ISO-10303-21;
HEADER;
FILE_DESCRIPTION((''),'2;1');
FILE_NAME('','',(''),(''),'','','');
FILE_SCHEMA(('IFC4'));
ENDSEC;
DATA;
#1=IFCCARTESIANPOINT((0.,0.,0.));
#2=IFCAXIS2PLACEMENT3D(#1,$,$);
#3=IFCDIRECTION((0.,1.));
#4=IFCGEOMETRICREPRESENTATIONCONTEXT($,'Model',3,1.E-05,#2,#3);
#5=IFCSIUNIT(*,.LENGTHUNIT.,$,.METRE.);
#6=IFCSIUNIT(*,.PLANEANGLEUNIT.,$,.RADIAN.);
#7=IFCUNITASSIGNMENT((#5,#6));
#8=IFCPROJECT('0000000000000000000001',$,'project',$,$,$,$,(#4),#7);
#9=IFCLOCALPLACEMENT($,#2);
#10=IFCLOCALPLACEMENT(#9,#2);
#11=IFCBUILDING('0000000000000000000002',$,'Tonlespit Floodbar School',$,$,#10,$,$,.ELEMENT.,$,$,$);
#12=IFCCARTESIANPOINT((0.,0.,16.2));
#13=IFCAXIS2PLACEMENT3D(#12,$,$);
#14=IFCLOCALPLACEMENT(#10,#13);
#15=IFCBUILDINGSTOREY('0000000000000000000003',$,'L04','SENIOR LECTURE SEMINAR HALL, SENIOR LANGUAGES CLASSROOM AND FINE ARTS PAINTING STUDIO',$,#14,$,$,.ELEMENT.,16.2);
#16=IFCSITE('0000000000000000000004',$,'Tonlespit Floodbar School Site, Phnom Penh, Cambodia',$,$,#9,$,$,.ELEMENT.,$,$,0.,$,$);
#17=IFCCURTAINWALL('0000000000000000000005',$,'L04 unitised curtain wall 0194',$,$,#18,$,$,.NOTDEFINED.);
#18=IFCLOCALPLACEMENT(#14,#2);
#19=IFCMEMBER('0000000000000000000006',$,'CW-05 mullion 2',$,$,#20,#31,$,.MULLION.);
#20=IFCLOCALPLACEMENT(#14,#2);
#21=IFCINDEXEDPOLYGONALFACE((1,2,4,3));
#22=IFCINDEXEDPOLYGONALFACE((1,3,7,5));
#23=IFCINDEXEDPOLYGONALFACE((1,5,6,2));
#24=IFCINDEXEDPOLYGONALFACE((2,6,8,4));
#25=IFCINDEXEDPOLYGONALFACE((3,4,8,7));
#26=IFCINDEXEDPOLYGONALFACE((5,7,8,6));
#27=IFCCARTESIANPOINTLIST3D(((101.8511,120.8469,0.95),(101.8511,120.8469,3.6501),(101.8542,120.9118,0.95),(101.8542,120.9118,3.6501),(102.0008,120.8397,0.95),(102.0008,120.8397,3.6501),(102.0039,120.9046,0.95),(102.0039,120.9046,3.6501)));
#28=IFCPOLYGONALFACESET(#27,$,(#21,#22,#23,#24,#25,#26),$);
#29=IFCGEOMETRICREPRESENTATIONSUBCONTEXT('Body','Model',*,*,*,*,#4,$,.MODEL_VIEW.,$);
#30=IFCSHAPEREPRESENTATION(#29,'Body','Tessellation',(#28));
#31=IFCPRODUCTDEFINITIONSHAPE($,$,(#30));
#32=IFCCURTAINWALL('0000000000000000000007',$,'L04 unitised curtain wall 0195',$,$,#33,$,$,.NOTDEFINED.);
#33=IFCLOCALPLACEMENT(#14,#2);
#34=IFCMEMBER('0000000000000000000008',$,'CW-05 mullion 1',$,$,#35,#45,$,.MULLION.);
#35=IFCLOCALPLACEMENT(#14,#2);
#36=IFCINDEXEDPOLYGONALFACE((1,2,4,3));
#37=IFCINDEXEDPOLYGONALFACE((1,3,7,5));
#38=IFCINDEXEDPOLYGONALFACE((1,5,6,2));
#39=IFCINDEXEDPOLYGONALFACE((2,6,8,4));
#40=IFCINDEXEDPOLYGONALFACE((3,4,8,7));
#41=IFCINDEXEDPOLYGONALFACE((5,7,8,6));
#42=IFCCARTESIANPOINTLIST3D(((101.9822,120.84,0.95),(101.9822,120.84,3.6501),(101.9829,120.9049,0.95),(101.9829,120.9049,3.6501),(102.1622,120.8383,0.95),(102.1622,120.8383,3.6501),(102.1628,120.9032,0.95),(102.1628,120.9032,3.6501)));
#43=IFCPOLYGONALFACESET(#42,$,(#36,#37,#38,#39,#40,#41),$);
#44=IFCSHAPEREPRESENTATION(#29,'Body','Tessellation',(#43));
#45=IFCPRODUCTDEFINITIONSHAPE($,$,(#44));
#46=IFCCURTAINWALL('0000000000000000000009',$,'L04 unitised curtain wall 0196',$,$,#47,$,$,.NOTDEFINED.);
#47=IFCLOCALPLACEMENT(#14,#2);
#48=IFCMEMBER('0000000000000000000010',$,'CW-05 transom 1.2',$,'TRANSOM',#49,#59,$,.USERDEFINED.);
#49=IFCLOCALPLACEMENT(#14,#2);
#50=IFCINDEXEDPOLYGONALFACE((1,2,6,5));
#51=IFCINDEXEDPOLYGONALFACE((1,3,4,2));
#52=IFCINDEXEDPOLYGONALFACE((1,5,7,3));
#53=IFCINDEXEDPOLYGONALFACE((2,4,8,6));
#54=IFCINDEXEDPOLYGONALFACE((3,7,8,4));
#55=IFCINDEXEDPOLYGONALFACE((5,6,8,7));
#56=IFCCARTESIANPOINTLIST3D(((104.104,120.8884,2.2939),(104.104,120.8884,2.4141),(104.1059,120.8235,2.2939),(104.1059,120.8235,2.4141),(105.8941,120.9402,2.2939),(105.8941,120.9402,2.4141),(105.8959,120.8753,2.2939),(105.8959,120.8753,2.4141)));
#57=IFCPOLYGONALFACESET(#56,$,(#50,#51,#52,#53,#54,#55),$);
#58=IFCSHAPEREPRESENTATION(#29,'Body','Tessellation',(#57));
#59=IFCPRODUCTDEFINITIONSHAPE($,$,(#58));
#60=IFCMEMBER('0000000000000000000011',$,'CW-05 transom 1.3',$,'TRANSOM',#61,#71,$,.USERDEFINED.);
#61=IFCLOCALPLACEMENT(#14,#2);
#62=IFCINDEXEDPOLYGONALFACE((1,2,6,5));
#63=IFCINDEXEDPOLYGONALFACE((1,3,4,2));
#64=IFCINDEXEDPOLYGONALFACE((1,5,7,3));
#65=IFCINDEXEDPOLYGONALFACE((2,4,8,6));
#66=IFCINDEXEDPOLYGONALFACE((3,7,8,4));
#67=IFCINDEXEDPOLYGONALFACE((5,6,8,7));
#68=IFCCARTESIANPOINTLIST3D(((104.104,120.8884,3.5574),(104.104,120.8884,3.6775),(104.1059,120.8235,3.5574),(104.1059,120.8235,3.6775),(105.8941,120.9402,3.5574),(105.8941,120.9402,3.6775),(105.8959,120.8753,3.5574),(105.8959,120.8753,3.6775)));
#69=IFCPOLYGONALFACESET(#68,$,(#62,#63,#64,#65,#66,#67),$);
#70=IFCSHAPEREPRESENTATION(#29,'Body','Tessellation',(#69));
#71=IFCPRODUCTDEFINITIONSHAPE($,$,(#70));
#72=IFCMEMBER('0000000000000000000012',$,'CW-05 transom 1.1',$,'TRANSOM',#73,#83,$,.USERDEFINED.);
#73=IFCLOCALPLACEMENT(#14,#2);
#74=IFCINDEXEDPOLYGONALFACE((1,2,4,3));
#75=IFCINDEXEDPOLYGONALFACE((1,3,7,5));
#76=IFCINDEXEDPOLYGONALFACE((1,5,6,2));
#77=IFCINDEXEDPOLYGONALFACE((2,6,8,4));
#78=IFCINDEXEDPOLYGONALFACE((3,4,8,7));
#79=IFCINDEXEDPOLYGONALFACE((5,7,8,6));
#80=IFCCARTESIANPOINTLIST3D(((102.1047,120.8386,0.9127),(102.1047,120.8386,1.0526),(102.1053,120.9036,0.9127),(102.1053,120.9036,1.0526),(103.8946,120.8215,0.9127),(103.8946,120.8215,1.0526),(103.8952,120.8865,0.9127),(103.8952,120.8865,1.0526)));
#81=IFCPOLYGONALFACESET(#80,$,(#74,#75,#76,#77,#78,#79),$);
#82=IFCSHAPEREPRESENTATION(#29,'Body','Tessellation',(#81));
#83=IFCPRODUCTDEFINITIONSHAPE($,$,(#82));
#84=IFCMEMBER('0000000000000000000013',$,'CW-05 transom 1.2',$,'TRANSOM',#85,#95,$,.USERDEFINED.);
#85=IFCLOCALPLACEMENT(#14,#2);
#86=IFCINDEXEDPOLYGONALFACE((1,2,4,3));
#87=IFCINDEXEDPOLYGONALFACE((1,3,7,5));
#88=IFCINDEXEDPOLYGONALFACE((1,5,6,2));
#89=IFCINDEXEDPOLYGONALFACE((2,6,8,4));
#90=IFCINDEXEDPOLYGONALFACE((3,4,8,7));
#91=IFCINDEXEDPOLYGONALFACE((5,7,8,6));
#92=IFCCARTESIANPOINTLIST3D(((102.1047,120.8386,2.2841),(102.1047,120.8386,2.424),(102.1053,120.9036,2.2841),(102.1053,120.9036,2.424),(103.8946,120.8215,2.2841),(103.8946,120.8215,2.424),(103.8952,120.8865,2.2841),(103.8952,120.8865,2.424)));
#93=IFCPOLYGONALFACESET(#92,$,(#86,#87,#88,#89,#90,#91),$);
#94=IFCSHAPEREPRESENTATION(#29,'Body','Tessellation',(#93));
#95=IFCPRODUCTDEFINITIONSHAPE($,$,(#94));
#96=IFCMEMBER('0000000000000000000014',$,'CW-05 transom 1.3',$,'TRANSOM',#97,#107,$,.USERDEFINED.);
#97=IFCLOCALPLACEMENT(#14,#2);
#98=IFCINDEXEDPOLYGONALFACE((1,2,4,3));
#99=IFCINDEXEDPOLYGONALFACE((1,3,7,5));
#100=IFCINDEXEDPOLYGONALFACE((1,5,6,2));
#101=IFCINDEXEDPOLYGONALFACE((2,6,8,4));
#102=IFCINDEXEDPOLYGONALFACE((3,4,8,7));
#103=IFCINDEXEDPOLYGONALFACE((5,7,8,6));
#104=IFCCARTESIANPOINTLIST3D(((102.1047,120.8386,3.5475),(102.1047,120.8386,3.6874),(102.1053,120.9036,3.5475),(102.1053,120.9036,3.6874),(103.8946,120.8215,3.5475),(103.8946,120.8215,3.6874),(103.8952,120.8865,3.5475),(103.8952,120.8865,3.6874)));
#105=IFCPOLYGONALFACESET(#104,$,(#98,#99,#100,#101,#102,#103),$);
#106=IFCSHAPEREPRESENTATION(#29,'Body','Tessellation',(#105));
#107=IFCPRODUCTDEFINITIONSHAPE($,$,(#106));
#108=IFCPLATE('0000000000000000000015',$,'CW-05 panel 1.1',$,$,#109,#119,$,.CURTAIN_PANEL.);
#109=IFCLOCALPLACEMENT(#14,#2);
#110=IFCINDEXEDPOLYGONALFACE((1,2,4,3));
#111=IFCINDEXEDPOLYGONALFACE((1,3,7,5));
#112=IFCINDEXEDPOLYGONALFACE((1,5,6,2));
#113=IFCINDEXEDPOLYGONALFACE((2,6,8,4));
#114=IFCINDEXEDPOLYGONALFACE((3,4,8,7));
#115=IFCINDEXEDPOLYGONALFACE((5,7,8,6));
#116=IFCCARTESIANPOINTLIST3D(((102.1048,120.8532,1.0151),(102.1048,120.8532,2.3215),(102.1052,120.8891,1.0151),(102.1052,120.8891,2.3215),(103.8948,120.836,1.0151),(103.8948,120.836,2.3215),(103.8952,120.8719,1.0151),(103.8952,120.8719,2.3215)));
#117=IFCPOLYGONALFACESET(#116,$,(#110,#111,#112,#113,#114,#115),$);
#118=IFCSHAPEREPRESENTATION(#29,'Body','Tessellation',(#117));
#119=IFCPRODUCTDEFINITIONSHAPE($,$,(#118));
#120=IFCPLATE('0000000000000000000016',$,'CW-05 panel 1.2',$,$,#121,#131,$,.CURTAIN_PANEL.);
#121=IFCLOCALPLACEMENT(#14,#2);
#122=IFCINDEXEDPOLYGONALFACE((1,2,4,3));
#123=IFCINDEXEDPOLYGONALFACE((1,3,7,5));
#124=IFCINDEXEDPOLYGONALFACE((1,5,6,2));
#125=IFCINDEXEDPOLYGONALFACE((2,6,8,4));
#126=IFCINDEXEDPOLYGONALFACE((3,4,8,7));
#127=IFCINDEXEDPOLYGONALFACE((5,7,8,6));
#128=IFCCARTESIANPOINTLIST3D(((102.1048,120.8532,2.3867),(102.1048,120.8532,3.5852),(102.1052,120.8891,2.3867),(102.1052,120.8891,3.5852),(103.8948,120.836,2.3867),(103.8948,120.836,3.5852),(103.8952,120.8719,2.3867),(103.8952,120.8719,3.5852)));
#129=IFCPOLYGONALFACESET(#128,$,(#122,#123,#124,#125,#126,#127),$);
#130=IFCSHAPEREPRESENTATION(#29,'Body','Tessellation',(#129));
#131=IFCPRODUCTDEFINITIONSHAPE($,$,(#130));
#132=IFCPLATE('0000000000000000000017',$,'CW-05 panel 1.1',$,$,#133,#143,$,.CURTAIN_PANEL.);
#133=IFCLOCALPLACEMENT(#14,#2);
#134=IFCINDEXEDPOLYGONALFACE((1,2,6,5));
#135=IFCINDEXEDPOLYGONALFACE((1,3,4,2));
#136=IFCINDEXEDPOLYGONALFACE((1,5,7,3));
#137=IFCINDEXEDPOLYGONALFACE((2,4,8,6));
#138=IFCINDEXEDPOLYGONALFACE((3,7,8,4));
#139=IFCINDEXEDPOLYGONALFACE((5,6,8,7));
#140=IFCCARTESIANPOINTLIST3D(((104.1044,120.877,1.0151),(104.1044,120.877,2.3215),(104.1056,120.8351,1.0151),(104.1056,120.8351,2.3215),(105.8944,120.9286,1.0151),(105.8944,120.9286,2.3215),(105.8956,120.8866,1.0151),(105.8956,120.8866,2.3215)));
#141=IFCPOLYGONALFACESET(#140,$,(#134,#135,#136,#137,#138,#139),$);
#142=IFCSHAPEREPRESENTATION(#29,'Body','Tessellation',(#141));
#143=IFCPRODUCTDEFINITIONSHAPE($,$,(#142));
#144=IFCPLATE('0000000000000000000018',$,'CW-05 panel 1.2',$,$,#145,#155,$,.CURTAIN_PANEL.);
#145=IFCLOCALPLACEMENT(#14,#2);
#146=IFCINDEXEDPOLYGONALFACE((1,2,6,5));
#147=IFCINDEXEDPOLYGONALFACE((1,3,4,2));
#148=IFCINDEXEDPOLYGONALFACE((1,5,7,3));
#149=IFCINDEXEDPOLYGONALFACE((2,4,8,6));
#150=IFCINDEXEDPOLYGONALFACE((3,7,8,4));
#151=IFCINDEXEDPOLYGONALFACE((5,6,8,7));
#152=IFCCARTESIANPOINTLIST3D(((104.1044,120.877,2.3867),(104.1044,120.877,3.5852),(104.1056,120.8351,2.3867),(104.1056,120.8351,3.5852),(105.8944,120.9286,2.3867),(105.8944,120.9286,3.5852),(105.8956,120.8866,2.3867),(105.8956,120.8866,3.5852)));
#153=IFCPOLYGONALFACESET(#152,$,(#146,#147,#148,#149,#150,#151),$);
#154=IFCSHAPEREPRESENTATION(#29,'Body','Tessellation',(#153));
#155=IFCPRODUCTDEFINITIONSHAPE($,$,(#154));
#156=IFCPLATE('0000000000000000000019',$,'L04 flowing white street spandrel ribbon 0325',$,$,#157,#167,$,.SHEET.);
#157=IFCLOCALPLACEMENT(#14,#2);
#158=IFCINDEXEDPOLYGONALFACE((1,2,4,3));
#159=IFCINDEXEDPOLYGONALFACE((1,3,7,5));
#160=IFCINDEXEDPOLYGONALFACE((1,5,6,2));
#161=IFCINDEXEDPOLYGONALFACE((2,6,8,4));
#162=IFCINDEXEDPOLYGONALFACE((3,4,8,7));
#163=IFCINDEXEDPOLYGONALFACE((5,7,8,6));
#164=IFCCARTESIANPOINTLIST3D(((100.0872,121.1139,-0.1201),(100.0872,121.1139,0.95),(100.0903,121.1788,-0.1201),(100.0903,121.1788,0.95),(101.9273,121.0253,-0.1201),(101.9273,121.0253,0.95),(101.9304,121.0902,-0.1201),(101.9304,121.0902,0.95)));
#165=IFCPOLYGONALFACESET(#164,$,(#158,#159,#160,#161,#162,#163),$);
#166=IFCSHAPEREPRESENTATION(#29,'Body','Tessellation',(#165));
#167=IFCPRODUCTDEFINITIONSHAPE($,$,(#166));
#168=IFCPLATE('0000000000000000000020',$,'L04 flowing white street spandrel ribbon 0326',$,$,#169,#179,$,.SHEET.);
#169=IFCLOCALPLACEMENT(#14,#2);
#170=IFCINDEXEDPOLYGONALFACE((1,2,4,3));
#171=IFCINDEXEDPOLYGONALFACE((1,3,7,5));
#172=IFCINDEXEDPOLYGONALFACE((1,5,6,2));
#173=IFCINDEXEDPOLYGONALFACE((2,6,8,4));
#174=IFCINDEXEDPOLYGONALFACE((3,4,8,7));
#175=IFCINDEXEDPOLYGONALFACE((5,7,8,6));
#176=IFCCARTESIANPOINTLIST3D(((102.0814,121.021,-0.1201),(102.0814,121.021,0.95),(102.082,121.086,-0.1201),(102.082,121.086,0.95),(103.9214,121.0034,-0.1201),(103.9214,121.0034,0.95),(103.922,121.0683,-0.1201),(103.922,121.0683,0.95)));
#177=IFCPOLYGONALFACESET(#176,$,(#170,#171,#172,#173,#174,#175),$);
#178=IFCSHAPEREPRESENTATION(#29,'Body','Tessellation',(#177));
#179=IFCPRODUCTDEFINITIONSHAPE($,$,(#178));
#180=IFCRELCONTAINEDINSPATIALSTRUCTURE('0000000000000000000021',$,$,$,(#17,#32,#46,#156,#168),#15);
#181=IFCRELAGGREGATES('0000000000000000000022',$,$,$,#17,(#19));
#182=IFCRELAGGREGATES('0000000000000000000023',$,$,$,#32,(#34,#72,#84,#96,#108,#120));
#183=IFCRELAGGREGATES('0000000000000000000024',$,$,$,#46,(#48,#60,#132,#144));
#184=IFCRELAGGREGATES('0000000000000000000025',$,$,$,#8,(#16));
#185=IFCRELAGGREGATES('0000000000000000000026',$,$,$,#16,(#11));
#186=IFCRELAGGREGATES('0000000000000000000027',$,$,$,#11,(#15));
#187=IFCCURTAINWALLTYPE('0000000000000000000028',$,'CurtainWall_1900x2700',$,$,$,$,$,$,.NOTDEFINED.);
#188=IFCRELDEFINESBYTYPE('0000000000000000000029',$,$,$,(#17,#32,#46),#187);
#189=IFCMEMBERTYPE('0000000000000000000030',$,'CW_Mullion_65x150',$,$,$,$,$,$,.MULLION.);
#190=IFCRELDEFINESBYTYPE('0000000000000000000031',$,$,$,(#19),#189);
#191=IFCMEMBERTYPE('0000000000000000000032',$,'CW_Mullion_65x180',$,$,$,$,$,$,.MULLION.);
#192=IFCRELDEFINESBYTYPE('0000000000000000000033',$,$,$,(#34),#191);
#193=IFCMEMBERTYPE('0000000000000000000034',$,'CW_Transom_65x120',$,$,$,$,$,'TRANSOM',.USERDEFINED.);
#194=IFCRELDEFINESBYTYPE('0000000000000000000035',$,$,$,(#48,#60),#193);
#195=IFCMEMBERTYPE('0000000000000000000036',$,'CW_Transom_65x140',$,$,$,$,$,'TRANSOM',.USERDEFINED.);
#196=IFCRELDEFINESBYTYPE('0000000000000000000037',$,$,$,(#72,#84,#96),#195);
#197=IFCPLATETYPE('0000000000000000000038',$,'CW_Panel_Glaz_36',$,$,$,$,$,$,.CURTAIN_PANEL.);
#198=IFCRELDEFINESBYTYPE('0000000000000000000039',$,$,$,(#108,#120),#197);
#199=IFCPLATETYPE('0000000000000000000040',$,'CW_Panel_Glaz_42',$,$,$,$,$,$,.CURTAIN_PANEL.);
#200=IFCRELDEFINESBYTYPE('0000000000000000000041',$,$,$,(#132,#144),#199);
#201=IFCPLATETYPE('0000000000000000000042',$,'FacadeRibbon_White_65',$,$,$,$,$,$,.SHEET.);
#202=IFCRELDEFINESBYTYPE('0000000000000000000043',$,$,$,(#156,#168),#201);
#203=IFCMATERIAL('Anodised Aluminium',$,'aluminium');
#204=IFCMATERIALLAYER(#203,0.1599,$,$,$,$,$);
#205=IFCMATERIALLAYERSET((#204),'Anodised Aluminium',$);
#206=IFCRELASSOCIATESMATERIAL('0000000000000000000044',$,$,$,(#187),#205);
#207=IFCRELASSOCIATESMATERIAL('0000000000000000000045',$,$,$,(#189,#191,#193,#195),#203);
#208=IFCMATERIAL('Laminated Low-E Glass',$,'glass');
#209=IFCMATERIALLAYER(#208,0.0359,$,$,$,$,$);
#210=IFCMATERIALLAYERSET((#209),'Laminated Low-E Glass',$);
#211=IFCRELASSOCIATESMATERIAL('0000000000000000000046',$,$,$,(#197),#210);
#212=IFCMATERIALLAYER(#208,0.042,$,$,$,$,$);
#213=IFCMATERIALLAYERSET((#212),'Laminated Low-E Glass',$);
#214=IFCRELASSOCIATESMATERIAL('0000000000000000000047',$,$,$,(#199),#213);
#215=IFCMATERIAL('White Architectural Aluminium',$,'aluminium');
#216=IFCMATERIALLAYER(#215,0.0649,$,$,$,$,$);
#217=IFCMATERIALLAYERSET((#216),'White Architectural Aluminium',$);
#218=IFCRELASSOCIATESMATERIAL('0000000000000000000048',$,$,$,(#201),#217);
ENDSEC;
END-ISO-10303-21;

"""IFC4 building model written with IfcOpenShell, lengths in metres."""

from ifc_helpers import new_model, si_unit, direction, frame, origin, origin_2d, place, context, subcontext, project, spatial, rectangle, extrude, material, layer, layer_set, material_profile, profile_set, type_object, element, aggregate, save


model = new_model("IFC4")

# Units and contexts
model_context = context("Model", 3, precision=1e-05, world=origin(), true_north=direction((0.0, 1.0)))
body_context = subcontext(model_context, "Body", "Model", "MODEL_VIEW")
ifc_project = project(units=[si_unit("LENGTHUNIT", "METRE"), si_unit("PLANEANGLEUNIT", "RADIAN")], contexts=[model_context])

# Site, building, storey
site_placement = place(None, origin())
site = spatial("IfcSite", under=ifc_project, at=site_placement, Name="Tonlespit Floodbar School Site, Phnom Penh, Cambodia", CompositionType="ELEMENT", RefElevation=0.0)
building_placement = place(site_placement, origin())
building = spatial("IfcBuilding", under=site, at=building_placement, Name="Tonlespit Floodbar School", CompositionType="ELEMENT")
storey_placement = place(building_placement, frame((0.0, 0.0, 16.2)))
storey = spatial("IfcBuildingStorey", under=building, at=storey_placement, Name="L04", Description="SENIOR LECTURE SEMINAR HALL, SENIOR LANGUAGES CLASSROOM AND FINE ARTS PAINTING STUDIO", CompositionType="ELEMENT", Elevation=16.2)

# Curtain walls, members
ifc_material_1 = material(Name="Anodised Aluminium", Category="aluminium")
ifc_layer_1 = layer(ifc_material_1, 0.1599)
ifc_layer_set_1 = layer_set([ifc_layer_1], Name="Anodised Aluminium")
curtain_wall_type = type_object("IfcCurtainWallType", Name="CurtainWall_1900x2700", PredefinedType="NOTDEFINED", material=ifc_layer_set_1)
curtain_wall_1_placement = place(storey_placement, origin())
curtain_wall_1 = element("IfcCurtainWall", 1, at=curtain_wall_1_placement, inside=storey, type_object=curtain_wall_type, Name="L04 unitised curtain wall 0194", PredefinedType="NOTDEFINED")
ifc_material_profile_1 = material_profile(ifc_material_1, rectangle(XDim=0.0649, YDim=0.1499, at=origin_2d()), Name="ALU M65x150")
ifc_profile_set_1 = profile_set([ifc_material_profile_1], Name="Anodised Aluminium")
member_type_1 = type_object("IfcMemberType", Name="CW_Mullion_65x150", PredefinedType="MULLION", material=ifc_profile_set_1)
member_1_placement = place(storey_placement, frame((101.9275, 120.8757, 0.95), z_axis=(0.0, 0.0, 1.0), x_axis=(0.048121, 0.998842, 0.0)))
member_1 = element("IfcMember", 2, at=member_1_placement, type_object=member_type_1, Name="CW-05 mullion 2", PredefinedType="MULLION", context=body_context, shape_type="SweptSolid", body=[
    extrude(rectangle(XDim=0.0649, YDim=0.1499, at=origin_2d()), origin(), (0.0, 0.0, 1.0), 2.7002),
])
aggregate(curtain_wall_1, [member_1])
curtain_wall_2_placement = place(storey_placement, origin())
curtain_wall_2 = element("IfcCurtainWall", 3, at=curtain_wall_2_placement, inside=storey, type_object=curtain_wall_type, Name="L04 unitised curtain wall 0195", PredefinedType="NOTDEFINED")
ifc_material_profile_2 = material_profile(ifc_material_1, rectangle(XDim=0.0649, YDim=0.1799, at=origin_2d()), Name="ALU M65x180")
ifc_profile_set_2 = profile_set([ifc_material_profile_2], Name="Anodised Aluminium")
member_type_2 = type_object("IfcMemberType", Name="CW_Mullion_65x180", PredefinedType="MULLION", material=ifc_profile_set_2)
member_2_placement = place(storey_placement, frame((102.0725, 120.8716, 0.95), z_axis=(0.0, 0.0, 1.0), x_axis=(0.009583, 0.999954, 0.0)))
member_2 = element("IfcMember", 4, at=member_2_placement, type_object=member_type_2, Name="CW-05 mullion 1", PredefinedType="MULLION", context=body_context, shape_type="SweptSolid", body=[
    extrude(rectangle(XDim=0.0649, YDim=0.1799, at=origin_2d()), origin(), (0.0, 0.0, 1.0), 2.7002),
])

# Curtain wall, members
curtain_wall_3_placement = place(storey_placement, origin())
curtain_wall_3 = element("IfcCurtainWall", 5, at=curtain_wall_3_placement, inside=storey, type_object=curtain_wall_type, Name="L04 unitised curtain wall 0196", PredefinedType="NOTDEFINED")
ifc_material_profile_3 = material_profile(ifc_material_1, rectangle(XDim=0.0649, YDim=0.1201, at=origin_2d()), Name="ALU T65x120")
ifc_profile_set_3 = profile_set([ifc_material_profile_3], Name="Anodised Aluminium")
member_type_3 = type_object("IfcMemberType", Name="CW_Transom_65x120", ElementType="TRANSOM", PredefinedType="USERDEFINED", material=ifc_profile_set_3)
member_3_placement = place(storey_placement, frame((104.105, 120.856, 2.354), z_axis=(0.999582, 0.028902, 0.0), x_axis=(-0.028902, 0.999582, 0.0)))
member_3 = element("IfcMember", 6, at=member_3_placement, type_object=member_type_3, Name="CW-05 transom 1.2", ObjectType="TRANSOM", PredefinedType="USERDEFINED", context=body_context, shape_type="SweptSolid", body=[
    extrude(rectangle(XDim=0.0649, YDim=0.1201, at=origin_2d()), origin(), (0.0, 0.0, 1.0), 1.7908),
])
member_4_placement = place(storey_placement, frame((104.105, 120.856, 3.6174), z_axis=(0.999582, 0.028902, 0.0), x_axis=(-0.028902, 0.999582, 0.0)))
member_4 = element("IfcMember", 7, at=member_4_placement, type_object=member_type_3, Name="CW-05 transom 1.3", ObjectType="TRANSOM", PredefinedType="USERDEFINED", context=body_context, shape_type="SweptSolid", body=[
    extrude(rectangle(XDim=0.0649, YDim=0.1201, at=origin_2d()), origin(), (0.0, 0.0, 1.0), 1.7908),
])

# Members
ifc_material_profile_4 = material_profile(ifc_material_1, rectangle(XDim=0.0649, YDim=0.1399, at=origin_2d()), Name="ALU T65x140")
ifc_profile_set_4 = profile_set([ifc_material_profile_4], Name="Anodised Aluminium")
member_type_4 = type_object("IfcMemberType", Name="CW_Transom_65x140", ElementType="TRANSOM", PredefinedType="USERDEFINED", material=ifc_profile_set_4)
member_5_placement = place(storey_placement, frame((102.105, 120.8711, 0.9827), z_axis=(0.999954, -0.009547, 0.0), x_axis=(0.009547, 0.999954, 0.0)))
member_5 = element("IfcMember", 8, at=member_5_placement, type_object=member_type_4, Name="CW-05 transom 1.1", ObjectType="TRANSOM", PredefinedType="USERDEFINED", context=body_context, shape_type="SweptSolid", body=[
    extrude(rectangle(XDim=0.0649, YDim=0.1399, at=origin_2d()), origin(), (0.0, 0.0, 1.0), 1.79),
])
member_6_placement = place(storey_placement, frame((102.105, 120.8711, 2.354), z_axis=(0.999954, -0.009547, 0.0), x_axis=(0.009547, 0.999954, 0.0)))
member_6 = element("IfcMember", 9, at=member_6_placement, type_object=member_type_4, Name="CW-05 transom 1.2", ObjectType="TRANSOM", PredefinedType="USERDEFINED", context=body_context, shape_type="SweptSolid", body=[
    extrude(rectangle(XDim=0.0649, YDim=0.1399, at=origin_2d()), origin(), (0.0, 0.0, 1.0), 1.79),
])
member_7_placement = place(storey_placement, frame((102.105, 120.8711, 3.6174), z_axis=(0.999954, -0.009547, 0.0), x_axis=(0.009547, 0.999954, 0.0)))
member_7 = element("IfcMember", 10, at=member_7_placement, type_object=member_type_4, Name="CW-05 transom 1.3", ObjectType="TRANSOM", PredefinedType="USERDEFINED", context=body_context, shape_type="SweptSolid", body=[
    extrude(rectangle(XDim=0.0649, YDim=0.1399, at=origin_2d()), origin(), (0.0, 0.0, 1.0), 1.79),
])

# Plates
ifc_material_2 = material(Name="Laminated Low-E Glass", Category="glass")
ifc_layer_2 = layer(ifc_material_2, 0.0359)
ifc_layer_set_2 = layer_set([ifc_layer_2], Name="Laminated Low-E Glass")
plate_type_1 = type_object("IfcPlateType", Name="CW_Panel_Glaz_36", PredefinedType="CURTAIN_PANEL", material=ifc_layer_set_2)
plate_1_placement = place(storey_placement, frame((103.0, 120.8625, 1.0151), z_axis=(0.0, 0.0, 1.0), x_axis=(0.999954, -0.009583, 0.0)))
plate_1 = element("IfcPlate", 11, at=plate_1_placement, type_object=plate_type_1, Name="CW-05 panel 1.1", PredefinedType="CURTAIN_PANEL", context=body_context, shape_type="SweptSolid", body=[
    extrude(rectangle(XDim=1.79, YDim=0.0359, at=origin_2d()), origin(), (0.0, 0.0, 1.0), 1.3064),
])
plate_2_placement = place(storey_placement, frame((103.0, 120.8625, 2.3867), z_axis=(0.0, 0.0, 1.0), x_axis=(0.999954, -0.009583, 0.0)))
plate_2 = element("IfcPlate", 12, at=plate_2_placement, type_object=plate_type_1, Name="CW-05 panel 1.2", PredefinedType="CURTAIN_PANEL", context=body_context, shape_type="SweptSolid", body=[
    extrude(rectangle(XDim=1.79, YDim=0.0359, at=origin_2d()), origin(), (0.0, 0.0, 1.0), 1.1985),
])
aggregate(curtain_wall_2, [member_2, member_5, member_6, member_7, plate_1, plate_2])
ifc_layer_3 = layer(ifc_material_2, 0.042)
ifc_layer_set_3 = layer_set([ifc_layer_3], Name="Laminated Low-E Glass")
plate_type_2 = type_object("IfcPlateType", Name="CW_Panel_Glaz_42", PredefinedType="CURTAIN_PANEL", material=ifc_layer_set_3)
plate_3_placement = place(storey_placement, frame((105.0, 120.8818, 1.0151), z_axis=(0.0, 0.0, 1.0), x_axis=(0.999585, 0.02879, 0.0)))
plate_3 = element("IfcPlate", 13, at=plate_3_placement, type_object=plate_type_2, Name="CW-05 panel 1.1", PredefinedType="CURTAIN_PANEL", context=body_context, shape_type="SweptSolid", body=[
    extrude(rectangle(XDim=1.7908, YDim=0.042, at=origin_2d()), origin(), (0.0, 0.0, 1.0), 1.3064),
])
plate_4_placement = place(storey_placement, frame((105.0, 120.8818, 2.3867), z_axis=(0.0, 0.0, 1.0), x_axis=(0.999585, 0.02879, 0.0)))
plate_4 = element("IfcPlate", 14, at=plate_4_placement, type_object=plate_type_2, Name="CW-05 panel 1.2", PredefinedType="CURTAIN_PANEL", context=body_context, shape_type="SweptSolid", body=[
    extrude(rectangle(XDim=1.7908, YDim=0.042, at=origin_2d()), origin(), (0.0, 0.0, 1.0), 1.1985),
])
aggregate(curtain_wall_3, [member_3, member_4, plate_3, plate_4])

# Plates
ifc_material_3 = material(Name="White Architectural Aluminium", Category="aluminium")
ifc_layer_4 = layer(ifc_material_3, 0.0649)
ifc_layer_set_4 = layer_set([ifc_layer_4], Name="White Architectural Aluminium")
plate_type_3 = type_object("IfcPlateType", Name="FacadeRibbon_White_65", PredefinedType="SHEET", material=ifc_layer_set_4)
plate_5_placement = place(storey_placement, frame((101.0088, 121.1021, -0.1201), z_axis=(0.0, 0.0, 1.0), x_axis=(0.998843, -0.048095, 0.0)))
element("IfcPlate", 15, at=plate_5_placement, inside=storey, type_object=plate_type_3, Name="L04 flowing white street spandrel ribbon 0325", PredefinedType="SHEET", context=body_context, shape_type="SweptSolid", body=[
    extrude(rectangle(XDim=1.8423, YDim=0.0649, at=origin_2d()), origin(), (0.0, 0.0, 1.0), 1.0701),
])
plate_6_placement = place(storey_placement, frame((103.0017, 121.0447, -0.1201), z_axis=(0.0, 0.0, 1.0), x_axis=(0.999954, -0.009599, 0.0)))
element("IfcPlate", 16, at=plate_6_placement, inside=storey, type_object=plate_type_3, Name="L04 flowing white street spandrel ribbon 0326", PredefinedType="SHEET", context=body_context, shape_type="SweptSolid", body=[
    extrude(rectangle(XDim=1.8401, YDim=0.0649, at=origin_2d()), origin(), (0.0, 0.0, 1.0), 1.0701),
])

save(model, "model.ifc")
